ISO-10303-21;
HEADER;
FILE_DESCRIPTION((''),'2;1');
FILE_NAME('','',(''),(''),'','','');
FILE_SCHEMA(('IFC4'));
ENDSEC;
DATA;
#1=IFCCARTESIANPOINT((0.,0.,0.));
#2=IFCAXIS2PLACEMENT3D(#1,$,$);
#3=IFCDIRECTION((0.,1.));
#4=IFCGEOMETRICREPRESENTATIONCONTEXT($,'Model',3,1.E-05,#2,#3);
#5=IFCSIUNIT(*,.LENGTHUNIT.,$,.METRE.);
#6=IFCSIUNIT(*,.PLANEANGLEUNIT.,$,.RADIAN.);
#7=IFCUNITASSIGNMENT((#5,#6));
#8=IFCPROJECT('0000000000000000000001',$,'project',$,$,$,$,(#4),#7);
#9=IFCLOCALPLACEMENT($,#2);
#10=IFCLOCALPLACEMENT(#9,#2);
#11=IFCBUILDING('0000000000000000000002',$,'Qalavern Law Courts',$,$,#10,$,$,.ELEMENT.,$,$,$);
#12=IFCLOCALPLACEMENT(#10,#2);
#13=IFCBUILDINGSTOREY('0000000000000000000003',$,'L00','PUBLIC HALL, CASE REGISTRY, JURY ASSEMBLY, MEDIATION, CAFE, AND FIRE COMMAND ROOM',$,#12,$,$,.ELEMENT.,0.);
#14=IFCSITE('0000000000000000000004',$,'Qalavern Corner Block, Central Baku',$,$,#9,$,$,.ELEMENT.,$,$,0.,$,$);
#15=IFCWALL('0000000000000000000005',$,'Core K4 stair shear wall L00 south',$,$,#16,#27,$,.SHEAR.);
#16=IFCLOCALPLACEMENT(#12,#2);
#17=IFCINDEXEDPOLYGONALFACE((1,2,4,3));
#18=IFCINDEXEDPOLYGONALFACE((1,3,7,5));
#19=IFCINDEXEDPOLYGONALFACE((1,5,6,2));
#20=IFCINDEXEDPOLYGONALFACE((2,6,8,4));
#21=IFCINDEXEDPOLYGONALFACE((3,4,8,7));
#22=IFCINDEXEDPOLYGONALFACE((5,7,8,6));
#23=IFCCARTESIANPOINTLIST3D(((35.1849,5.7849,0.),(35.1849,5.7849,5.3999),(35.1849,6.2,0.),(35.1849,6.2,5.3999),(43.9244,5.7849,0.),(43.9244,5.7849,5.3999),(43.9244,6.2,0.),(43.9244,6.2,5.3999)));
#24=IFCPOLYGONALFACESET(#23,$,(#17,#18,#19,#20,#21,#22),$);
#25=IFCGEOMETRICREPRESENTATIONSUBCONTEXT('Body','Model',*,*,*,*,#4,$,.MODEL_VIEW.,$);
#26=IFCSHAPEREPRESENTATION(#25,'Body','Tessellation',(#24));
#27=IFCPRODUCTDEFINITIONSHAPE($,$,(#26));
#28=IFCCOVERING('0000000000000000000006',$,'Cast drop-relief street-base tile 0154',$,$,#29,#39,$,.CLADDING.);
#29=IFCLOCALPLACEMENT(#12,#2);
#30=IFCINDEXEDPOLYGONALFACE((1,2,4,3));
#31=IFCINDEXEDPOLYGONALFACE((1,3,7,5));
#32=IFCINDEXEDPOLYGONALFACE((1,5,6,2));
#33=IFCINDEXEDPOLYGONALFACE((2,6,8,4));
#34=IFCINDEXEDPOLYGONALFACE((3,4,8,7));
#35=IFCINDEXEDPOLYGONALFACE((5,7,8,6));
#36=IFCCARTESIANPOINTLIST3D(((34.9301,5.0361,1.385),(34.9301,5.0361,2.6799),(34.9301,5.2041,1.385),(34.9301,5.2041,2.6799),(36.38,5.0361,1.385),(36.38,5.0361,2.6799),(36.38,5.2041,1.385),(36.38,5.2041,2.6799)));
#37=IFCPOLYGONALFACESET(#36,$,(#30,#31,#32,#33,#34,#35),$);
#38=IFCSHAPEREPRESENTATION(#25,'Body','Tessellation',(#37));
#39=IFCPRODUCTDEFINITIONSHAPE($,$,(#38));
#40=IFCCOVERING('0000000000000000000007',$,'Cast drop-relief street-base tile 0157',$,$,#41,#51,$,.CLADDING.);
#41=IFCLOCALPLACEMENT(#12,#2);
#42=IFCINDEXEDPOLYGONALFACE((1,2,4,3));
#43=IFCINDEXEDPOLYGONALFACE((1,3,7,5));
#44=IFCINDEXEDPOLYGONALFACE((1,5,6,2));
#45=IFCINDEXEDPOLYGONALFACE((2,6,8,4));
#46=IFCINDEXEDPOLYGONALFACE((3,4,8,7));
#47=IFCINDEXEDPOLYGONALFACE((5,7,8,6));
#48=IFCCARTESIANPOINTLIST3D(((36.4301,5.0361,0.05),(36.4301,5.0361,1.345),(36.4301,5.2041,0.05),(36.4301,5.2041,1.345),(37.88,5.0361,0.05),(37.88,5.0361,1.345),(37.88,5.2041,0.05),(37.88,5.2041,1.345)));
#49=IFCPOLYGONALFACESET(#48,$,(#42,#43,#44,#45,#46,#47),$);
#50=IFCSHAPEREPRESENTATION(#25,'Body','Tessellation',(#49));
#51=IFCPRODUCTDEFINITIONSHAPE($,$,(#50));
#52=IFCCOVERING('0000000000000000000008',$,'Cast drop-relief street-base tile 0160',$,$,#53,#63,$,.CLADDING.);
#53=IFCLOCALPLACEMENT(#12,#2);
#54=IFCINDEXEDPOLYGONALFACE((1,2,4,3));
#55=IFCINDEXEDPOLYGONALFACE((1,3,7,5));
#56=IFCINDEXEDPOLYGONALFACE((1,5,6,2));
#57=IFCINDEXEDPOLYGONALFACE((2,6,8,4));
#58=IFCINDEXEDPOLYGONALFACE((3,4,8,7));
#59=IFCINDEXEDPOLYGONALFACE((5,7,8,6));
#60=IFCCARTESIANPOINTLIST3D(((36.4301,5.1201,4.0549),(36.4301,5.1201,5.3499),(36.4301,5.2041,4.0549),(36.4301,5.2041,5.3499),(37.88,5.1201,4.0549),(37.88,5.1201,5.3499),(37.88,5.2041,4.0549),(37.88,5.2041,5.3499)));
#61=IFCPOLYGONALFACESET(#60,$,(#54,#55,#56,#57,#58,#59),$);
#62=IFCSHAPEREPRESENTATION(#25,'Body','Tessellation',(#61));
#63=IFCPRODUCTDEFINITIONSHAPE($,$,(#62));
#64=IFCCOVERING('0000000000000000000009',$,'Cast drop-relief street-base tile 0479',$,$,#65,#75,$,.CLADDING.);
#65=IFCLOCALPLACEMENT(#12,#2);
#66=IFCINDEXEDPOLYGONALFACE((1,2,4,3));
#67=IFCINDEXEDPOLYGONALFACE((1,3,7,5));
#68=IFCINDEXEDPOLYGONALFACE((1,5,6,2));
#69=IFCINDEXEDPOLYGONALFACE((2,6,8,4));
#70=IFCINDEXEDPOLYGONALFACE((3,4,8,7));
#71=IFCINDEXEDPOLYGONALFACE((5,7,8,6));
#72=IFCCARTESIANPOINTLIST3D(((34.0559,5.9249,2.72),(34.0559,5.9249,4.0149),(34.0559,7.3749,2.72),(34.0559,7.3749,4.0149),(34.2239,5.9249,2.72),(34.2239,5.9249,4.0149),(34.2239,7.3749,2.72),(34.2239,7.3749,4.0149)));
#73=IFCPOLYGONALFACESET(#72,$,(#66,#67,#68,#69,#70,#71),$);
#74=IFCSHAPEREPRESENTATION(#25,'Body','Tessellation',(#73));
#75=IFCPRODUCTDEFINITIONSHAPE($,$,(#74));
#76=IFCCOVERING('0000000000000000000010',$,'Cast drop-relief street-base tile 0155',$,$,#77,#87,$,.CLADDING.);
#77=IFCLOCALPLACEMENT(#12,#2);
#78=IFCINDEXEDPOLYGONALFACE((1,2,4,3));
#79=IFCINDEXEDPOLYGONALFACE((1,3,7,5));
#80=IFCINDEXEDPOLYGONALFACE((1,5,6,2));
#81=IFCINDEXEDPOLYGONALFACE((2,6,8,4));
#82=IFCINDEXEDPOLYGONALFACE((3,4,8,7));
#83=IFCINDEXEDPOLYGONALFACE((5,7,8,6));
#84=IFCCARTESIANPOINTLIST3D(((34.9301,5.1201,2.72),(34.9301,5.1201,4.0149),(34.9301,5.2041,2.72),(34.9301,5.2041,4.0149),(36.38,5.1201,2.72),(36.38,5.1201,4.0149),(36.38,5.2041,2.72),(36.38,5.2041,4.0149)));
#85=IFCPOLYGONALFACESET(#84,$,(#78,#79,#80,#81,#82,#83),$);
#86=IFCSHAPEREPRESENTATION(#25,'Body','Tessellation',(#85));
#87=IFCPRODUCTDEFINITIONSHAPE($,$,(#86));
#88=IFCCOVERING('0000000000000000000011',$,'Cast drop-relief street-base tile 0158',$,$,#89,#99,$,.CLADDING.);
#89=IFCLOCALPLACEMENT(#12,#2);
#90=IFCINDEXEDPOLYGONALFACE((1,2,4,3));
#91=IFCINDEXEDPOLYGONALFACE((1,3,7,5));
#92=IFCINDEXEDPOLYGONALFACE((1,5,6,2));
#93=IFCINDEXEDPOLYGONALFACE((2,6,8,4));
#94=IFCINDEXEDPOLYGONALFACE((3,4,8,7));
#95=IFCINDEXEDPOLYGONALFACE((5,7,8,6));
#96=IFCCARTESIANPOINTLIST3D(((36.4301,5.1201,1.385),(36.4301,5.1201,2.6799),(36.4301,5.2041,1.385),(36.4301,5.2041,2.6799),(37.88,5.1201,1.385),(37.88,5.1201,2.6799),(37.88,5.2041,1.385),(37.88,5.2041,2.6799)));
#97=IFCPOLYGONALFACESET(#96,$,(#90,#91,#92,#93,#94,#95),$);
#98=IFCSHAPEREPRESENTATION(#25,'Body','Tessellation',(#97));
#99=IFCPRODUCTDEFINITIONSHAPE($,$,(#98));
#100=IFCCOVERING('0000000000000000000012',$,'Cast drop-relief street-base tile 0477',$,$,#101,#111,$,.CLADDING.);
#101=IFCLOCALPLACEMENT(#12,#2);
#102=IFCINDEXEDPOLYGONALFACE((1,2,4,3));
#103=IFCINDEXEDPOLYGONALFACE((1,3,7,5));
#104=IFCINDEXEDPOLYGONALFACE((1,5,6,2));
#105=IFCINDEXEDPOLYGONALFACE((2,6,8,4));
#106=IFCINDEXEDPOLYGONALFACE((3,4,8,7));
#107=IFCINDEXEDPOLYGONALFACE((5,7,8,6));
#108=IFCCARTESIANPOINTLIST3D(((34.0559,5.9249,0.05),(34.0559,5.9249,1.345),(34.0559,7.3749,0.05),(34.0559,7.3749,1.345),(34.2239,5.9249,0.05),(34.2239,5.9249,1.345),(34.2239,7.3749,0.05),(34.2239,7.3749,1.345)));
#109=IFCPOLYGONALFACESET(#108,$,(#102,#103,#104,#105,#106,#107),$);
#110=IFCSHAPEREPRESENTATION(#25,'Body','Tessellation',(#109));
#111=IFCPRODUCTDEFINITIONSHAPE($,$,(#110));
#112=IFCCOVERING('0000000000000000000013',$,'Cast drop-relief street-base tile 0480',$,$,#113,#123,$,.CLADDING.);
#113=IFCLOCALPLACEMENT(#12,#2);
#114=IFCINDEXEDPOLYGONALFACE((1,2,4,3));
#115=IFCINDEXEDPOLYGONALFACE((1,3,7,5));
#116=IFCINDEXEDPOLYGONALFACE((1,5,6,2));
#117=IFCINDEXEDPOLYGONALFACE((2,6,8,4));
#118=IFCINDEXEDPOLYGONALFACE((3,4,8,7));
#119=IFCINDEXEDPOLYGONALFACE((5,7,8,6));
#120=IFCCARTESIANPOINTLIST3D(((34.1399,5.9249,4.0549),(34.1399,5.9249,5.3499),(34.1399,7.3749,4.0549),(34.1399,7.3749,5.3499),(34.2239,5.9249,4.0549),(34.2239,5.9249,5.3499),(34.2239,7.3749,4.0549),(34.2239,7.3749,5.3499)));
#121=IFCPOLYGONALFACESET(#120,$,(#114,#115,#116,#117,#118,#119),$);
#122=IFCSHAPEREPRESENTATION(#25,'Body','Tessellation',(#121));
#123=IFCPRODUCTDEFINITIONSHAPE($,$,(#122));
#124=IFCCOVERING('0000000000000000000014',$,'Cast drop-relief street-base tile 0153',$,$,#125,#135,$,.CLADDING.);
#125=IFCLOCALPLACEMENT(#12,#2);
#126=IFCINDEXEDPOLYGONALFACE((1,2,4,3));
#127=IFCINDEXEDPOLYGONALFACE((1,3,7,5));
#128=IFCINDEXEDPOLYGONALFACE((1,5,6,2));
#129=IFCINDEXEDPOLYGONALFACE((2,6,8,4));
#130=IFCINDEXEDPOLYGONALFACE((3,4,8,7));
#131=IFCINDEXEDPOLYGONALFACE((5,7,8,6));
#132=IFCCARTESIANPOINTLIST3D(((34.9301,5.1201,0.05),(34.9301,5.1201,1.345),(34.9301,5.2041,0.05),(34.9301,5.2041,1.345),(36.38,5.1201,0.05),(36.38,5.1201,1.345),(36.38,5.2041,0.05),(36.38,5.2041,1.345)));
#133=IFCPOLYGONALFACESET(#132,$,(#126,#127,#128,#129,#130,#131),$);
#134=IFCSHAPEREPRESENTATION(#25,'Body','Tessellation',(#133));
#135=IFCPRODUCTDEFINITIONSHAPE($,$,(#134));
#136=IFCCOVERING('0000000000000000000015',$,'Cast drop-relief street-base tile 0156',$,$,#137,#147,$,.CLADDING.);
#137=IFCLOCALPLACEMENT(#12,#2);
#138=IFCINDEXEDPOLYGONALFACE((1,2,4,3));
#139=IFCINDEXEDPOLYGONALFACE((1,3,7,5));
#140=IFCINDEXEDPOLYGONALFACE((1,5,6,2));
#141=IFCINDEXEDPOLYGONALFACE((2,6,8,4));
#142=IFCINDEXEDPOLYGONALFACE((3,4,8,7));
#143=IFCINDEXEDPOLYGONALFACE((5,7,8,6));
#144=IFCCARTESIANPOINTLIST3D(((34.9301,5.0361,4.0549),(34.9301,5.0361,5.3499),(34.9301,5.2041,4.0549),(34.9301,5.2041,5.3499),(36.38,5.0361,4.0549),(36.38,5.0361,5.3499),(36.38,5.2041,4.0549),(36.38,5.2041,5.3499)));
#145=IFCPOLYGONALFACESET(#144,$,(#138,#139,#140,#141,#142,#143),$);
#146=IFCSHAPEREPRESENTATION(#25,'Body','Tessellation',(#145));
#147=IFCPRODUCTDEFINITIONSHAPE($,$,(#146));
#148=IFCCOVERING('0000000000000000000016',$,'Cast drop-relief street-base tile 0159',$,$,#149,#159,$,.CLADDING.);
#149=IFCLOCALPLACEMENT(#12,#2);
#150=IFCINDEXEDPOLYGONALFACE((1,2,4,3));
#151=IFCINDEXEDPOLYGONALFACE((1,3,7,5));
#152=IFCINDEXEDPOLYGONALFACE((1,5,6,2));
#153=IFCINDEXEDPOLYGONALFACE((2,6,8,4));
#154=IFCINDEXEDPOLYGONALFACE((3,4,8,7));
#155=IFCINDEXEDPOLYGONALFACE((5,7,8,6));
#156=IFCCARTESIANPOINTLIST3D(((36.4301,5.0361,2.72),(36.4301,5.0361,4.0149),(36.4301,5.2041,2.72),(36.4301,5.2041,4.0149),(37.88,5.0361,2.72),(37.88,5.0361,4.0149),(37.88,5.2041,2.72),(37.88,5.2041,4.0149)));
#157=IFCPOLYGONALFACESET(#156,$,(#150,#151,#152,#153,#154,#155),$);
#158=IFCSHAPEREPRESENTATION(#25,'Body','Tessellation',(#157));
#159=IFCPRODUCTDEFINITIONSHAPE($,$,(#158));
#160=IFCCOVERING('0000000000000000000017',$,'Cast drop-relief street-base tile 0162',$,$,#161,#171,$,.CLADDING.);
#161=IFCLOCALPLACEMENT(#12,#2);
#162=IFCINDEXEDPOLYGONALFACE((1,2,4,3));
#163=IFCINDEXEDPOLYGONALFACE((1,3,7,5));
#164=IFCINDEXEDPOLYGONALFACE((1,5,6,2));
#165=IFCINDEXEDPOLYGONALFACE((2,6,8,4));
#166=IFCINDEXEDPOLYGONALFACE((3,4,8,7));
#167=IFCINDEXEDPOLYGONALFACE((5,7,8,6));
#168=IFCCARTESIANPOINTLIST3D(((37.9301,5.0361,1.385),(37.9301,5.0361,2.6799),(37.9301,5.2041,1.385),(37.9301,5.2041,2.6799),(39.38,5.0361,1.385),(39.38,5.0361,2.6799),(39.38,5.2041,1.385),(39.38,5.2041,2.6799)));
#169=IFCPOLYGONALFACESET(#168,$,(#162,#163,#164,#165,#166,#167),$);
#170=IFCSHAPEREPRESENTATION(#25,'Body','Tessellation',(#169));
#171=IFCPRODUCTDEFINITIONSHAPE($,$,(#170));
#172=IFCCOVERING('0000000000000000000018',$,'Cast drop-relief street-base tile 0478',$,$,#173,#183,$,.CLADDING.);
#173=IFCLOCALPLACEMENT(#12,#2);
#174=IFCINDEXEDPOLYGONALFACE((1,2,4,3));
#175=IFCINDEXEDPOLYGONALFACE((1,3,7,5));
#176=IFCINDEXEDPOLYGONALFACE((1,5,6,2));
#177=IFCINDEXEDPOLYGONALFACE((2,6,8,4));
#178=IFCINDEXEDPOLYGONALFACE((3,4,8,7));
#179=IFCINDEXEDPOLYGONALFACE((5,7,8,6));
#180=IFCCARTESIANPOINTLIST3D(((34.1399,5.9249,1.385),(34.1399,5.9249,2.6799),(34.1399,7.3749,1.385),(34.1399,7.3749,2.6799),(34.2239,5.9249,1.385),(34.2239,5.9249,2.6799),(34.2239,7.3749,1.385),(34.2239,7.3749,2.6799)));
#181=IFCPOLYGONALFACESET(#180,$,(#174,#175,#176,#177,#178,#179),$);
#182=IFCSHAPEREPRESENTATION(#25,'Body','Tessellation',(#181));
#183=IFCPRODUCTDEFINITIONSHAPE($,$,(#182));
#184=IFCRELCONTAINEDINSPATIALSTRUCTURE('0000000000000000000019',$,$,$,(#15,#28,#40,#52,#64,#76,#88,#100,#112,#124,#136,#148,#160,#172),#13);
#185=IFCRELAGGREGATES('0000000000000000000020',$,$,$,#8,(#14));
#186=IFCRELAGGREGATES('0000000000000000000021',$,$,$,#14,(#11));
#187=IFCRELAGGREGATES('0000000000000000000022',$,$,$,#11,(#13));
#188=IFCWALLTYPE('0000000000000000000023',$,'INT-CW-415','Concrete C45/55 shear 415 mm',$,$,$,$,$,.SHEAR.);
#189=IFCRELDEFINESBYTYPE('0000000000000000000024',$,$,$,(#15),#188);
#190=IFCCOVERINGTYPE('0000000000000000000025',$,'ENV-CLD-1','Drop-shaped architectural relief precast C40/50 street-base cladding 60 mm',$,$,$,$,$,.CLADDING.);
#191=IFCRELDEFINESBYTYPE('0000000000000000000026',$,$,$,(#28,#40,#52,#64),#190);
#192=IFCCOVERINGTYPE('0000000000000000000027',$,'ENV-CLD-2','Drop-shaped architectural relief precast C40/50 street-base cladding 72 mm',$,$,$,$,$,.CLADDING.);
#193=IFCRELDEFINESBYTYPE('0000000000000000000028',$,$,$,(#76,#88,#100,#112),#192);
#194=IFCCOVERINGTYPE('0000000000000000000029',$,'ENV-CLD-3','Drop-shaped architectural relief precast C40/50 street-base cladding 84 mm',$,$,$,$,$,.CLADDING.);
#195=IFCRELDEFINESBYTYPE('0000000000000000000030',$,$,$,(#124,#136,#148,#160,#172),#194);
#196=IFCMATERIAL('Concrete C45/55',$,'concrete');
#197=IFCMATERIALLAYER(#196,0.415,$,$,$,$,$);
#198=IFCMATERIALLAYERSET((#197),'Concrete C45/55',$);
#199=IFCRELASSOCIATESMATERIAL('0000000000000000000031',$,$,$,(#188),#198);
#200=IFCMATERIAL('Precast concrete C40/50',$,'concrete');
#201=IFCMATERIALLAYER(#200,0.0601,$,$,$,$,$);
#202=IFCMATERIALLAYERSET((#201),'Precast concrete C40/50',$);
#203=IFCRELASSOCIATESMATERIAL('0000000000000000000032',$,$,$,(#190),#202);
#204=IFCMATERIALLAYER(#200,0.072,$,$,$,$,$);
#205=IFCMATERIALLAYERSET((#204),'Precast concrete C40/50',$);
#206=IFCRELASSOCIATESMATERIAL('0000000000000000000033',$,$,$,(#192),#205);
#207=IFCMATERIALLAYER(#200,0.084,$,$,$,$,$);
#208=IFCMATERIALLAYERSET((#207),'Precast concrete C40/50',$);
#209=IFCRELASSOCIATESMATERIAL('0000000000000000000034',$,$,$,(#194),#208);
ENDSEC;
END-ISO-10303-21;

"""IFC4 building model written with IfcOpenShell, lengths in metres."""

from ifc_helpers import new_model, si_unit, direction, frame, frame_2d, origin, origin_2d, place, context, subcontext, project, spatial, rectangle, extrude, material, layer, layer_set, type_object, element, save


model = new_model("IFC4")

# Units and contexts
model_context = context("Model", 3, precision=1e-05, world=origin(), true_north=direction((0.0, 1.0)))
body_context = subcontext(model_context, "Body", "Model", "MODEL_VIEW")
ifc_project = project(units=[si_unit("LENGTHUNIT", "METRE"), si_unit("PLANEANGLEUNIT", "RADIAN")], contexts=[model_context])

# Site, building, storey
site_placement = place(None, origin())
site = spatial("IfcSite", under=ifc_project, at=site_placement, Name="Qalavern Corner Block, Central Baku", CompositionType="ELEMENT", RefElevation=0.0)
building_placement = place(site_placement, origin())
building = spatial("IfcBuilding", under=site, at=building_placement, Name="Qalavern Law Courts", CompositionType="ELEMENT")
storey_placement = place(building_placement, origin())
storey = spatial("IfcBuildingStorey", under=building, at=storey_placement, Name="L00", Description="PUBLIC HALL, CASE REGISTRY, JURY ASSEMBLY, MEDIATION, CAFE, AND FIRE COMMAND ROOM", CompositionType="ELEMENT", Elevation=0.0)

# Shared definitions
ifc_material_1 = material(Name="Concrete C45/55", Category="concrete")

# Wall
ifc_layer_1 = layer(ifc_material_1, 0.415)
ifc_layer_set_1 = layer_set([ifc_layer_1], Name="Concrete C45/55")
wall_type_1 = type_object("IfcWallType", Name="INT-CW-415", Description="Concrete C45/55 shear 415 mm", PredefinedType="SHEAR", material=ifc_layer_set_1)
wall_1_placement = place(storey_placement, frame((35.1851, 5.9924, 0.0), z_axis=(0.0, 0.0, 1.0), x_axis=(1.0, 0.0, 0.0)))
element("IfcWall", 1, at=wall_1_placement, inside=storey, type_object=wall_type_1, Name="Core K4 stair shear wall L00 south", PredefinedType="SHEAR", context=body_context, shape_type="SweptSolid", body=[
    extrude(rectangle(XDim=8.7395, YDim=0.415, at=frame_2d((4.3696, 0.0))), origin(), (0.0, 0.0, 1.0), 5.3999),
])

# Coverings
ifc_material_2 = material(Name="Precast concrete C40/50", Category="concrete")
ifc_layer_2 = layer(ifc_material_2, 0.0601)
ifc_layer_set_2 = layer_set([ifc_layer_2], Name="Precast concrete C40/50")
covering_type_1 = type_object("IfcCoveringType", Name="ENV-CLD-1", Description="Drop-shaped architectural relief precast C40/50 street-base cladding 60 mm", PredefinedType="CLADDING", material=ifc_layer_set_2)
for number, where, z_axis, x_axis, name in (
    (2, (35.655, 5.1201, 1.385), (0.0, 0.0, 1.0), (1.0, 0.0, 0.0), "Cast drop-relief street-base tile 0154"),
    (3, (37.155, 5.1201, 0.05), (0.0, 0.0, 1.0), (1.0, 0.0, 0.0), "Cast drop-relief street-base tile 0157"),
):
    element("IfcCovering", number, at=place(storey_placement, frame(where, z_axis=z_axis, x_axis=x_axis)), inside=storey, type_object=covering_type_1, Name=name, PredefinedType="CLADDING", context=body_context, shape_type="SweptSolid", body=[
        extrude(rectangle(XDim=1.45, YDim=0.168, at=origin_2d()), origin(), (0.0, 0.0, 1.0), 1.2949),
    ])
covering_1_placement = place(storey_placement, frame((37.155, 5.1621, 4.0549), z_axis=(0.0, 0.0, 1.0), x_axis=(1.0, 0.0, 0.0)))
element("IfcCovering", 4, at=covering_1_placement, inside=storey, type_object=covering_type_1, Name="Cast drop-relief street-base tile 0160", PredefinedType="CLADDING", context=body_context, shape_type="SweptSolid", body=[
    extrude(rectangle(XDim=1.45, YDim=0.084, at=origin_2d()), origin(), (0.0, 0.0, 1.0), 1.2949),
])
covering_2_placement = place(storey_placement, frame((34.1399, 6.6499, 2.72), z_axis=(0.0, 0.0, 1.0), x_axis=(0.0, -1.0, 0.0)))
element("IfcCovering", 5, at=covering_2_placement, inside=storey, type_object=covering_type_1, Name="Cast drop-relief street-base tile 0479", PredefinedType="CLADDING", context=body_context, shape_type="SweptSolid", body=[
    extrude(rectangle(XDim=1.45, YDim=0.168, at=origin_2d()), origin(), (0.0, 0.0, 1.0), 1.2949),
])
ifc_layer_3 = layer(ifc_material_2, 0.072)
ifc_layer_set_3 = layer_set([ifc_layer_3], Name="Precast concrete C40/50")
covering_type_2 = type_object("IfcCoveringType", Name="ENV-CLD-2", Description="Drop-shaped architectural relief precast C40/50 street-base cladding 72 mm", PredefinedType="CLADDING", material=ifc_layer_set_3)
for number, where, z_axis, x_axis, name in (
    (6, (35.655, 5.1621, 2.72), (0.0, 0.0, 1.0), (1.0, 0.0, 0.0), "Cast drop-relief street-base tile 0155"),
    (7, (37.155, 5.1621, 1.385), (0.0, 0.0, 1.0), (1.0, 0.0, 0.0), "Cast drop-relief street-base tile 0158"),
):
    element("IfcCovering", number, at=place(storey_placement, frame(where, z_axis=z_axis, x_axis=x_axis)), inside=storey, type_object=covering_type_2, Name=name, PredefinedType="CLADDING", context=body_context, shape_type="SweptSolid", body=[
        extrude(rectangle(XDim=1.45, YDim=0.084, at=origin_2d()), origin(), (0.0, 0.0, 1.0), 1.2949),
    ])
covering_3_placement = place(storey_placement, frame((34.1399, 6.6499, 0.05), z_axis=(0.0, 0.0, 1.0), x_axis=(0.0, -1.0, 0.0)))
element("IfcCovering", 8, at=covering_3_placement, inside=storey, type_object=covering_type_2, Name="Cast drop-relief street-base tile 0477", PredefinedType="CLADDING", context=body_context, shape_type="SweptSolid", body=[
    extrude(rectangle(XDim=1.45, YDim=0.168, at=origin_2d()), origin(), (0.0, 0.0, 1.0), 1.2949),
])
covering_4_placement = place(storey_placement, frame((34.1819, 6.6499, 4.0549), z_axis=(0.0, 0.0, 1.0), x_axis=(0.0, -1.0, 0.0)))
element("IfcCovering", 9, at=covering_4_placement, inside=storey, type_object=covering_type_2, Name="Cast drop-relief street-base tile 0480", PredefinedType="CLADDING", context=body_context, shape_type="SweptSolid", body=[
    extrude(rectangle(XDim=1.45, YDim=0.084, at=origin_2d()), origin(), (0.0, 0.0, 1.0), 1.2949),
])
ifc_layer_4 = layer(ifc_material_2, 0.084)
ifc_layer_set_4 = layer_set([ifc_layer_4], Name="Precast concrete C40/50")
covering_type_3 = type_object("IfcCoveringType", Name="ENV-CLD-3", Description="Drop-shaped architectural relief precast C40/50 street-base cladding 84 mm", PredefinedType="CLADDING", material=ifc_layer_set_4)
covering_5_placement = place(storey_placement, frame((35.655, 5.1621, 0.05), z_axis=(0.0, 0.0, 1.0), x_axis=(1.0, 0.0, 0.0)))
element("IfcCovering", 10, at=covering_5_placement, inside=storey, type_object=covering_type_3, Name="Cast drop-relief street-base tile 0153", PredefinedType="CLADDING", context=body_context, shape_type="SweptSolid", body=[
    extrude(rectangle(XDim=1.45, YDim=0.084, at=origin_2d()), origin(), (0.0, 0.0, 1.0), 1.2949),
])
for number, where, z_axis, x_axis, name in (
    (11, (35.655, 5.1201, 4.0549), (0.0, 0.0, 1.0), (1.0, 0.0, 0.0), "Cast drop-relief street-base tile 0156"),
    (12, (37.155, 5.1201, 2.72), (0.0, 0.0, 1.0), (1.0, 0.0, 0.0), "Cast drop-relief street-base tile 0159"),
    (13, (38.655, 5.1201, 1.385), (0.0, 0.0, 1.0), (1.0, 0.0, 0.0), "Cast drop-relief street-base tile 0162"),
):
    element("IfcCovering", number, at=place(storey_placement, frame(where, z_axis=z_axis, x_axis=x_axis)), inside=storey, type_object=covering_type_3, Name=name, PredefinedType="CLADDING", context=body_context, shape_type="SweptSolid", body=[
        extrude(rectangle(XDim=1.45, YDim=0.168, at=origin_2d()), origin(), (0.0, 0.0, 1.0), 1.2949),
    ])
covering_6_placement = place(storey_placement, frame((34.1819, 6.6499, 1.385), z_axis=(0.0, 0.0, 1.0), x_axis=(0.0, -1.0, 0.0)))
element("IfcCovering", 14, at=covering_6_placement, inside=storey, type_object=covering_type_3, Name="Cast drop-relief street-base tile 0478", PredefinedType="CLADDING", context=body_context, shape_type="SweptSolid", body=[
    extrude(rectangle(XDim=1.45, YDim=0.084, at=origin_2d()), origin(), (0.0, 0.0, 1.0), 1.2949),
])

save(model, "model.ifc")
